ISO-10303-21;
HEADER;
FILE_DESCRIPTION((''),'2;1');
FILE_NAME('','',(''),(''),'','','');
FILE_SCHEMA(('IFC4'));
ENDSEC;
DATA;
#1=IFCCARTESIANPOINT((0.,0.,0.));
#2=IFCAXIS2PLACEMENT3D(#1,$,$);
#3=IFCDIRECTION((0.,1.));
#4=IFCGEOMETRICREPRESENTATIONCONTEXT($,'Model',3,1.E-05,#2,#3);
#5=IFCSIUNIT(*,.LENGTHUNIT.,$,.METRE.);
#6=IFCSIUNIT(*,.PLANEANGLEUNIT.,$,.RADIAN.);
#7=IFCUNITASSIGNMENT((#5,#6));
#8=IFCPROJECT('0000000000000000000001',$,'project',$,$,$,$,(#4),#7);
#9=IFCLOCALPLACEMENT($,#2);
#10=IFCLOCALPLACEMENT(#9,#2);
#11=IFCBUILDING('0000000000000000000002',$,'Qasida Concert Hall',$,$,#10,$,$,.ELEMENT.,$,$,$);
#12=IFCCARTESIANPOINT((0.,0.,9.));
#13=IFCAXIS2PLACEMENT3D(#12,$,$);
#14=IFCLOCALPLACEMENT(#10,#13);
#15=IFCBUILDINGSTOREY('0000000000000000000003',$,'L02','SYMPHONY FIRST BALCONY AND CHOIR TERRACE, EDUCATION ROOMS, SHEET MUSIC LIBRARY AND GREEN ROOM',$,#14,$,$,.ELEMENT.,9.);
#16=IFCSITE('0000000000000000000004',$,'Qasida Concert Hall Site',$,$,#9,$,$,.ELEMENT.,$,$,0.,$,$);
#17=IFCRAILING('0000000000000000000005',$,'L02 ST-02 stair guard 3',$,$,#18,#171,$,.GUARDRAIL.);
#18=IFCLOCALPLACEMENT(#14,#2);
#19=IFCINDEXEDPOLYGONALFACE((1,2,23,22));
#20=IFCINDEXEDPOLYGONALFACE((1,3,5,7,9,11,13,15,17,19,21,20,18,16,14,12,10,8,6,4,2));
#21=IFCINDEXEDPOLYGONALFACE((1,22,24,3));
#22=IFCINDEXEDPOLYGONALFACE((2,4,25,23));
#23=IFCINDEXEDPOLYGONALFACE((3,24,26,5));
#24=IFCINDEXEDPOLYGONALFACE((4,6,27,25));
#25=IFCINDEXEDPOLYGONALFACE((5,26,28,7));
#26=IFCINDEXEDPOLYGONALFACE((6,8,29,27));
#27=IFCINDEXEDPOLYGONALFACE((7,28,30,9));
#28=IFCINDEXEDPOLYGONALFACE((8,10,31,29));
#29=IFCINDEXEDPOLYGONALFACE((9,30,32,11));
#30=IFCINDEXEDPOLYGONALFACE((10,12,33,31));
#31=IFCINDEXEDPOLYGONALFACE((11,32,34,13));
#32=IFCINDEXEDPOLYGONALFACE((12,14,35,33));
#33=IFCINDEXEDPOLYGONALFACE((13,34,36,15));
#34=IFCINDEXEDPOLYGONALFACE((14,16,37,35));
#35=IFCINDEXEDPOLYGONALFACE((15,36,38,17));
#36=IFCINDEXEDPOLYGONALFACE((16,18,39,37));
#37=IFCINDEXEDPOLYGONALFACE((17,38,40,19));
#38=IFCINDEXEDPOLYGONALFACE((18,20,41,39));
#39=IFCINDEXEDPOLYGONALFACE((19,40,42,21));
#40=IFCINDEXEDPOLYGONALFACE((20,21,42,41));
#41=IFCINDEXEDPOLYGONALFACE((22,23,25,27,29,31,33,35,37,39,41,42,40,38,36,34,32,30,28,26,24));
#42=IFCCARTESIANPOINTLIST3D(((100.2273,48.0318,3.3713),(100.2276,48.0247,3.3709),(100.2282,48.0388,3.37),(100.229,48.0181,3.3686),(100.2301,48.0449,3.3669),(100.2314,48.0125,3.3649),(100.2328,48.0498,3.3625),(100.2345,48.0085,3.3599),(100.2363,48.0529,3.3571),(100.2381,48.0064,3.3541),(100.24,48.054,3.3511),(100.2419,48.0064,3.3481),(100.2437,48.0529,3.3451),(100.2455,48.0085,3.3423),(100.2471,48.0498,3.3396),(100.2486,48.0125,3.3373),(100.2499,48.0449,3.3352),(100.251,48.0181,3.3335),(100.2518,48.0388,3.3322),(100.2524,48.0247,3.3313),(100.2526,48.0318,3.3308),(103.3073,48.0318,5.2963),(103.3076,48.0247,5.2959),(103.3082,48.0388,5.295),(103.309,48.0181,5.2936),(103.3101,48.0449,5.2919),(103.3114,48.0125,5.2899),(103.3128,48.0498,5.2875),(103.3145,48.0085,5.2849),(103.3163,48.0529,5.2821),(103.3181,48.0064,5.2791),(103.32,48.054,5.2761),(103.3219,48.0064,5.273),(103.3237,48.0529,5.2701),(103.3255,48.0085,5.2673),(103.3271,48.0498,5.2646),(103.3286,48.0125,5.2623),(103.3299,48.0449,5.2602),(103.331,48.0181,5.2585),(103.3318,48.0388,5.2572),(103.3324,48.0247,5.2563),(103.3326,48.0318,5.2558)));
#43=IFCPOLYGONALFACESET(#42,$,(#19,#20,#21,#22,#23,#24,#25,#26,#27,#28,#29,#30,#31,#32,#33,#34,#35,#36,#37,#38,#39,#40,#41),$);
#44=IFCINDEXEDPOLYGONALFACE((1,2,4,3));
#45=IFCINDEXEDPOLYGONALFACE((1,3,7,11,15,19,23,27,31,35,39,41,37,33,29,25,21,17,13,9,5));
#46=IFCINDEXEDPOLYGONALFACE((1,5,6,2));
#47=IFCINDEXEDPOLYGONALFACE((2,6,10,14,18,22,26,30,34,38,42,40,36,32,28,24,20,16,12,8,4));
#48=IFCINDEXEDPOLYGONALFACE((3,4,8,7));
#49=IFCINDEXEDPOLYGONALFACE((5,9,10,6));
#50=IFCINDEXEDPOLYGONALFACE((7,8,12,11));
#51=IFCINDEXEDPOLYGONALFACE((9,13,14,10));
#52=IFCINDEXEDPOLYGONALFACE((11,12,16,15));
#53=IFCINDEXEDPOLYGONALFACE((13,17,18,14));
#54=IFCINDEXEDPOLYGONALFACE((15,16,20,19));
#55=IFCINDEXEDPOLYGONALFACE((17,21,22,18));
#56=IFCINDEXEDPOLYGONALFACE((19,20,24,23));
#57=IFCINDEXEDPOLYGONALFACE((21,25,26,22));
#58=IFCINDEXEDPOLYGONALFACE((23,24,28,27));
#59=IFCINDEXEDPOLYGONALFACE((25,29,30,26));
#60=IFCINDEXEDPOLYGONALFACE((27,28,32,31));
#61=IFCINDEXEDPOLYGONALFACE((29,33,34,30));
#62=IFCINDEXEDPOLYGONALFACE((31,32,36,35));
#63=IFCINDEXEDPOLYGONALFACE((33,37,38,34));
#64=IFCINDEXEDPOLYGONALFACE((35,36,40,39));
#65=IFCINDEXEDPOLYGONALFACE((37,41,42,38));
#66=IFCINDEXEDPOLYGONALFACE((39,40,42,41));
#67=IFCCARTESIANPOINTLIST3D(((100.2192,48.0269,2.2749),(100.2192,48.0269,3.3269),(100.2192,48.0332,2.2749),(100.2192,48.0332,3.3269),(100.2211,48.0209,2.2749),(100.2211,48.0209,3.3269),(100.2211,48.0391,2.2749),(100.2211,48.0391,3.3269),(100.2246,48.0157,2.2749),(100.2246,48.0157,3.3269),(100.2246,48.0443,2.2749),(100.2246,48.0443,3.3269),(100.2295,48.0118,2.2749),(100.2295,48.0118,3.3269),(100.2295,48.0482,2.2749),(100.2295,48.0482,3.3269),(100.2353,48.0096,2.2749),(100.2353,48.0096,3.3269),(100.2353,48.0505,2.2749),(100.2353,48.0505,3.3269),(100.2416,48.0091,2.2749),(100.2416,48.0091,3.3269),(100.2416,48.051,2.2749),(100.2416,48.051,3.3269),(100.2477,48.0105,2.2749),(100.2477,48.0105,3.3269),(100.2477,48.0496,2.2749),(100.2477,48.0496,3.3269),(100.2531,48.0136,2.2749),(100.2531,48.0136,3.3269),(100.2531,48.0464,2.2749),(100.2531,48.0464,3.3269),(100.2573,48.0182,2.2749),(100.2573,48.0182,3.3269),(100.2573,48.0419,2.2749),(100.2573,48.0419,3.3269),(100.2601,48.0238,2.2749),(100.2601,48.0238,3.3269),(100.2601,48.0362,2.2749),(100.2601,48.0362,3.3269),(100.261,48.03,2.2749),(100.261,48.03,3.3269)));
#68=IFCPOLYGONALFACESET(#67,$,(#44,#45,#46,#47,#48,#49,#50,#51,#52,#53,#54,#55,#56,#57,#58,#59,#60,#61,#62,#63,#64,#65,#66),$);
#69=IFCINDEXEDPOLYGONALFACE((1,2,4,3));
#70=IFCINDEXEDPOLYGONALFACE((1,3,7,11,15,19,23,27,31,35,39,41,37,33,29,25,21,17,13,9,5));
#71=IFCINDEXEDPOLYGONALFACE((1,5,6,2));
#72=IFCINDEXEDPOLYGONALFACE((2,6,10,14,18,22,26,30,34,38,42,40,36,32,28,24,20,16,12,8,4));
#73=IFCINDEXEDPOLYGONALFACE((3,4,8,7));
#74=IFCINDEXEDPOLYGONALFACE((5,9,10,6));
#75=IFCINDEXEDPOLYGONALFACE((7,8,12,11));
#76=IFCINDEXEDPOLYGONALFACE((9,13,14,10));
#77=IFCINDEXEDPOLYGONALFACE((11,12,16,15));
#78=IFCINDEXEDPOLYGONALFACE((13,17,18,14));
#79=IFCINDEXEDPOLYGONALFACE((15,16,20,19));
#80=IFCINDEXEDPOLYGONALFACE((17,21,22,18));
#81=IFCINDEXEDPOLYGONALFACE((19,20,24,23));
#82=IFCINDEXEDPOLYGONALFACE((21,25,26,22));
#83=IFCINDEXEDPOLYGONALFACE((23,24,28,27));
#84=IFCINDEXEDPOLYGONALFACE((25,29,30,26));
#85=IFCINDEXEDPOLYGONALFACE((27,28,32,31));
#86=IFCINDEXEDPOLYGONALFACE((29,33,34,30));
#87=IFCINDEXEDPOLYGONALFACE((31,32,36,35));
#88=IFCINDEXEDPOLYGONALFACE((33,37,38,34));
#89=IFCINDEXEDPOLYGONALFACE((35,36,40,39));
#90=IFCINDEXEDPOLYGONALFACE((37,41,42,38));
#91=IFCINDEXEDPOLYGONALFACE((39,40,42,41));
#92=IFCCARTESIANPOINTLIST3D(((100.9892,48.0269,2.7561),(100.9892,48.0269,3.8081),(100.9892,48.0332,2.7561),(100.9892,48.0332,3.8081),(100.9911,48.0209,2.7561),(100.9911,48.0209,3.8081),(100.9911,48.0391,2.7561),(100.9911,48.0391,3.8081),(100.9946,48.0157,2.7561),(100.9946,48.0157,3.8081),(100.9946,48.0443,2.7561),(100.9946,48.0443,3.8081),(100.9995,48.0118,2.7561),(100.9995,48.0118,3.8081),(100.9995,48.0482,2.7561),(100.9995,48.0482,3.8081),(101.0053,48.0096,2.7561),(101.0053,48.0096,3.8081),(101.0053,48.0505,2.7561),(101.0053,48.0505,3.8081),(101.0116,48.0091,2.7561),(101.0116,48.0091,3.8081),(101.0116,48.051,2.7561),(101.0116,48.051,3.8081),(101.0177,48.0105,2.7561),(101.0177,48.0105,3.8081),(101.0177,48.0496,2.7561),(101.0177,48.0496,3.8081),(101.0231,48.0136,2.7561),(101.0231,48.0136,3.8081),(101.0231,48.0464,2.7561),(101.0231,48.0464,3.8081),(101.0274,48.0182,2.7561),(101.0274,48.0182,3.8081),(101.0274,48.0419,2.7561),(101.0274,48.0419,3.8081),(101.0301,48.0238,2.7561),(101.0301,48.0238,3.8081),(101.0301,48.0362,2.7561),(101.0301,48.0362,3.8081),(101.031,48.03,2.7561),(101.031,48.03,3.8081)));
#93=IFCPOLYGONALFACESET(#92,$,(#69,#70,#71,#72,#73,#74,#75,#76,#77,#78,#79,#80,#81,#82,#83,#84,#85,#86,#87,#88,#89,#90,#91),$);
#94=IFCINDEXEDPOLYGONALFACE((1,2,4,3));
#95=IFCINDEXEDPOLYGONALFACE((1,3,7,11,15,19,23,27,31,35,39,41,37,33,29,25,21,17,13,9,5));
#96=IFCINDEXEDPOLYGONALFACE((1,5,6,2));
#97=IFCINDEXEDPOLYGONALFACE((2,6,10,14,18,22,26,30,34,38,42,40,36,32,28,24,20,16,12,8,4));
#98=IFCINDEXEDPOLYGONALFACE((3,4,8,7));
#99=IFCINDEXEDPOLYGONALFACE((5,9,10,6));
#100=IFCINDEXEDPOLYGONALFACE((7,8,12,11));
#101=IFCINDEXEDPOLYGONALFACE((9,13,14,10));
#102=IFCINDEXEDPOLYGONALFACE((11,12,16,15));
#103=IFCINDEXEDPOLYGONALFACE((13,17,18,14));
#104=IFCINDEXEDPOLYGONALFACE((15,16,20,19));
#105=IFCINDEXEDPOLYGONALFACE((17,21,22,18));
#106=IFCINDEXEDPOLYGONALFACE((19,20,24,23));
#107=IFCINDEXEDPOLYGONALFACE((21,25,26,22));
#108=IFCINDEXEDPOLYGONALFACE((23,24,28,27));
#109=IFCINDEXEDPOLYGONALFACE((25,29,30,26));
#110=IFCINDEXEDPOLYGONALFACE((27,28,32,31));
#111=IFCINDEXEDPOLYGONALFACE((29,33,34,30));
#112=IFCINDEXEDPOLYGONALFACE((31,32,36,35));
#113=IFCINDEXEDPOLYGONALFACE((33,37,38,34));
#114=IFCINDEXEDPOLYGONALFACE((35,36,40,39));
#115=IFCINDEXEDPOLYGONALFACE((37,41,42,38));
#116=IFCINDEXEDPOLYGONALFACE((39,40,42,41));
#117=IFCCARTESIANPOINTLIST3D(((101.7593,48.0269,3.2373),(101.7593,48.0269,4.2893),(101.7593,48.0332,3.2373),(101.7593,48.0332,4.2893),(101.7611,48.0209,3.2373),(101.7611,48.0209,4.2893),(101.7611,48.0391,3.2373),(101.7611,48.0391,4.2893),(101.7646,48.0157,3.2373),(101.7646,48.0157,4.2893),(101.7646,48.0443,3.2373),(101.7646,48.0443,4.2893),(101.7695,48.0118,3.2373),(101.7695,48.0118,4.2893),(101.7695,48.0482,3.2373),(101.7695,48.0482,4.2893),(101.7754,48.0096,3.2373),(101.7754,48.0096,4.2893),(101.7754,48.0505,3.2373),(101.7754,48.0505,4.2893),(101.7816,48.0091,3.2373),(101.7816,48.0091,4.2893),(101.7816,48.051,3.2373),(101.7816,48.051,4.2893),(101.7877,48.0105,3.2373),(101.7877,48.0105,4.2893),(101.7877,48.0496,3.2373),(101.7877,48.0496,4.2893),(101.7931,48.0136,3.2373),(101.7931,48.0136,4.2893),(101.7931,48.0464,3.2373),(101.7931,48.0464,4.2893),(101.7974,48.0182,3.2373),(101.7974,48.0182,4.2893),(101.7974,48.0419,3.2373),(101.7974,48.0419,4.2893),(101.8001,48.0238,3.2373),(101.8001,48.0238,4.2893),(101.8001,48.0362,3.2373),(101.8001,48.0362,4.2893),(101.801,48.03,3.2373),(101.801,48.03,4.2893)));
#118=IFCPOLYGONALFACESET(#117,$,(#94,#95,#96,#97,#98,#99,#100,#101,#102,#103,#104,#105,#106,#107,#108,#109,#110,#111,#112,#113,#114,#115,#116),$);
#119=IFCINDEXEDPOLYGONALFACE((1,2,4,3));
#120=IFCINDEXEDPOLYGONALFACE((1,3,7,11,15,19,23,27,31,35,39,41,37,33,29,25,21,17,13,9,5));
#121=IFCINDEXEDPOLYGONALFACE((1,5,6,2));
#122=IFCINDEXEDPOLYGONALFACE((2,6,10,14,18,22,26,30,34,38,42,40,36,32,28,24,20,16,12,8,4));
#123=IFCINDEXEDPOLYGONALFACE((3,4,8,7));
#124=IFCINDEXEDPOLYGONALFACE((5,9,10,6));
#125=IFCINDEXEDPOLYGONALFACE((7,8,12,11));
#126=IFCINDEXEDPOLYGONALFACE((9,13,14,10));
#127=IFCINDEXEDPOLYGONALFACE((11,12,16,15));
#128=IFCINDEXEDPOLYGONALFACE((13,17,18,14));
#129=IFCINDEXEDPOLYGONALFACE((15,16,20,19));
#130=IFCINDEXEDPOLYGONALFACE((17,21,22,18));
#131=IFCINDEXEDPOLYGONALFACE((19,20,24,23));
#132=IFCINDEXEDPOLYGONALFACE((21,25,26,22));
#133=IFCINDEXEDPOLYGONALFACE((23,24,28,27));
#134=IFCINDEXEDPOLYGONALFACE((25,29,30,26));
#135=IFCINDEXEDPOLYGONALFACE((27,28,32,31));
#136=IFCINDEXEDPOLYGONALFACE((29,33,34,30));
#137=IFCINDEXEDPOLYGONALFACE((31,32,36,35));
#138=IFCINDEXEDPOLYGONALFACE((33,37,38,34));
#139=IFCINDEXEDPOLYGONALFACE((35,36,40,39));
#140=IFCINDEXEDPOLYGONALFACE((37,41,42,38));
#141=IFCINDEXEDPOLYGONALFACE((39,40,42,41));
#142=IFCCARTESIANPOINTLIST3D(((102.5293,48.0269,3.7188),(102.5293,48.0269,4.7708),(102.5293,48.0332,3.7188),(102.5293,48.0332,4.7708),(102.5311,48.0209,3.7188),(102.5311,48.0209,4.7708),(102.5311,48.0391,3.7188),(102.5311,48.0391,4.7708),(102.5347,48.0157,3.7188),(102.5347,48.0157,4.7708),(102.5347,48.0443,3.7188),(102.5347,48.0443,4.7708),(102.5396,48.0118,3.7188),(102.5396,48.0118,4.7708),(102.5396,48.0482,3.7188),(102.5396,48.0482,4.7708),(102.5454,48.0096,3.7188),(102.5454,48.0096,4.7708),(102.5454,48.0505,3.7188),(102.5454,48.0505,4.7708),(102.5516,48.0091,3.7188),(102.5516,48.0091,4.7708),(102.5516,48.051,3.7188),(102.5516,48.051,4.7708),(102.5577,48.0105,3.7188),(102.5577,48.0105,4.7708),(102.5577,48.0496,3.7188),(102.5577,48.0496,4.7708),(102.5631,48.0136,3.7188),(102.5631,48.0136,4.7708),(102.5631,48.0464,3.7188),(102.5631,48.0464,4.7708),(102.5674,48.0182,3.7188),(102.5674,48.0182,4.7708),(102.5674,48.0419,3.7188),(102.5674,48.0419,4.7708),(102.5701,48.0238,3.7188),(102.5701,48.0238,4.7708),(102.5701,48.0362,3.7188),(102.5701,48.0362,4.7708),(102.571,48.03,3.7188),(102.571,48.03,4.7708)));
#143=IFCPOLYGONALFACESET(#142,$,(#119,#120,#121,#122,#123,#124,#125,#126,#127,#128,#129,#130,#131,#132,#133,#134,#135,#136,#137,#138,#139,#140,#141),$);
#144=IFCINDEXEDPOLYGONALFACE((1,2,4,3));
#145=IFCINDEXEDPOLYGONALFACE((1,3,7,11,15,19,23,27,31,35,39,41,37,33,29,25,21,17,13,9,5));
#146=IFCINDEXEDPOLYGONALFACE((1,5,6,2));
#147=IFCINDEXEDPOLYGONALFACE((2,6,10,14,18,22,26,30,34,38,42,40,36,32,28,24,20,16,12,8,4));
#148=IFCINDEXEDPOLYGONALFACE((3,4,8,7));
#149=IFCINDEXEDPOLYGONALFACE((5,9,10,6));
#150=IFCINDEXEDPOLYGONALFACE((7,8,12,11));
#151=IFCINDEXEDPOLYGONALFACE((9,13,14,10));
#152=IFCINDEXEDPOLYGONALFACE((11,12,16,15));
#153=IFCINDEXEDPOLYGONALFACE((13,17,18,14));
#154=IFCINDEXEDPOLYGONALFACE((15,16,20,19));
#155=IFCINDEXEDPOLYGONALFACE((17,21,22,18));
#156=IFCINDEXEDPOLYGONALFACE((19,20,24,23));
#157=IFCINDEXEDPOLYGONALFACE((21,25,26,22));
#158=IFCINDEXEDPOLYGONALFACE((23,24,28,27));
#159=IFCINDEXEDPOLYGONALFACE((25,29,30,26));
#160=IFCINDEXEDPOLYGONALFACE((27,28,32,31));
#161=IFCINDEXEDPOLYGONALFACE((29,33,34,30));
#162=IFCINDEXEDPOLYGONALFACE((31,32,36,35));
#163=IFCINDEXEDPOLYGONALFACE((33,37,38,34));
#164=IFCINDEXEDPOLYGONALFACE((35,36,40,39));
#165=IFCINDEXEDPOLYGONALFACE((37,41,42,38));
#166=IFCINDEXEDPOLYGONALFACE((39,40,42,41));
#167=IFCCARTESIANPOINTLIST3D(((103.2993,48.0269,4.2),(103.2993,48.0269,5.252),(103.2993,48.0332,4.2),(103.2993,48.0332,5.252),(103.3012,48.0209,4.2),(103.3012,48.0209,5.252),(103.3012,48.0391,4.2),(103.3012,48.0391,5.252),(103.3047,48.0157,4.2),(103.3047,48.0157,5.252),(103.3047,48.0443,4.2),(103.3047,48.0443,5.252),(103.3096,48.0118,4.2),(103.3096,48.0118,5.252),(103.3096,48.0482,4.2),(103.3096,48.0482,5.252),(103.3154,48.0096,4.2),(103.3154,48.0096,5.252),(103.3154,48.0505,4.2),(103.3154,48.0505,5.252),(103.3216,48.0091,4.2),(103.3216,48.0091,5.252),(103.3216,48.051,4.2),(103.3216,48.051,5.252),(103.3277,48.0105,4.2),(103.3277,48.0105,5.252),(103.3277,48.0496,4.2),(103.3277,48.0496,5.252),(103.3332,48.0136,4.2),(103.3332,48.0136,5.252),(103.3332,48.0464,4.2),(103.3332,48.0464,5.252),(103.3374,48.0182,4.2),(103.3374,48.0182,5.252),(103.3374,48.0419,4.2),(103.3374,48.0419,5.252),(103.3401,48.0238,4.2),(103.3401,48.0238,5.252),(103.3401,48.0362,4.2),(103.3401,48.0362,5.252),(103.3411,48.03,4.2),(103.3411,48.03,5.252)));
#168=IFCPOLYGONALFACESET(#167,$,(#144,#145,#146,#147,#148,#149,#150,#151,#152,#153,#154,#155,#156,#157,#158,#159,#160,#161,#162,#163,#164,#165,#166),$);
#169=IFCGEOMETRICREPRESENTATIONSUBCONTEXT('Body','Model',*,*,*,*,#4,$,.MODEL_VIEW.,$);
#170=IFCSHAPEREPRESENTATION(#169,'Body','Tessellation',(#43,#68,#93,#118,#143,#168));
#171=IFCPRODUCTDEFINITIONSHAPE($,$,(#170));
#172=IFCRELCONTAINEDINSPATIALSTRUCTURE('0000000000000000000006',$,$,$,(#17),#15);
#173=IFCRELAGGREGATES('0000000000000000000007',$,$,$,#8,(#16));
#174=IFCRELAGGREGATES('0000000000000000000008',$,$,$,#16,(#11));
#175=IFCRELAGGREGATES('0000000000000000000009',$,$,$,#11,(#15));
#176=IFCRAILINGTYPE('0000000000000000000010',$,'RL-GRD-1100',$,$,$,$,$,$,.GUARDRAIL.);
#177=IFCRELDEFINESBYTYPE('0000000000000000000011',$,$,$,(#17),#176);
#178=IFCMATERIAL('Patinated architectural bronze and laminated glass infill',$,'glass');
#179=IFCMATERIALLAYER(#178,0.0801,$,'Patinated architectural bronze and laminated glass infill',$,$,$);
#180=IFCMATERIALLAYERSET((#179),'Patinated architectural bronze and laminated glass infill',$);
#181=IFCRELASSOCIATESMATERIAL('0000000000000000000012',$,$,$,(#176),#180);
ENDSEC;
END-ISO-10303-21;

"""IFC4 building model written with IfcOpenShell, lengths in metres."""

from ifc_helpers import new_model, si_unit, direction, frame, origin, origin_2d, place, context, subcontext, project, spatial, circle, extrude, material, layer, layer_set, type_object, element, save


model = new_model("IFC4")

# Units and contexts
model_context = context("Model", 3, precision=1e-05, world=origin(), true_north=direction((0.0, 1.0)))
body_context = subcontext(model_context, "Body", "Model", "MODEL_VIEW")
ifc_project = project(units=[si_unit("LENGTHUNIT", "METRE"), si_unit("PLANEANGLEUNIT", "RADIAN")], contexts=[model_context])

# Site, building, storey
site_placement = place(None, origin())
site = spatial("IfcSite", under=ifc_project, at=site_placement, Name="Qasida Concert Hall Site", CompositionType="ELEMENT", RefElevation=0.0)
building_placement = place(site_placement, origin())
building = spatial("IfcBuilding", under=site, at=building_placement, Name="Qasida Concert Hall", CompositionType="ELEMENT")
storey_placement = place(building_placement, frame((0.0, 0.0, 9.0)))
storey = spatial("IfcBuildingStorey", under=building, at=storey_placement, Name="L02", Description="SYMPHONY FIRST BALCONY AND CHOIR TERRACE, EDUCATION ROOMS, SHEET MUSIC LIBRARY AND GREEN ROOM", CompositionType="ELEMENT", Elevation=9.0)

# Railing
ifc_material_1 = material(Name="Patinated architectural bronze and laminated glass infill", Category="glass")
ifc_layer_1 = layer(ifc_material_1, 0.0801, Name="Patinated architectural bronze and laminated glass infill")
ifc_layer_set_1 = layer_set([ifc_layer_1], Name="Patinated architectural bronze and laminated glass infill")
railing_type_1 = type_object("IfcRailingType", Name="RL-GRD-1100", PredefinedType="GUARDRAIL", material=ifc_layer_set_1)
railing_1_placement = place(storey_placement, frame((100.24, 48.03, 2.2749)))
element("IfcRailing", 1, at=railing_1_placement, inside=storey, type_object=railing_type_1, Name="L02 ST-02 stair guard 3", PredefinedType="GUARDRAIL", context=body_context, shape_type="SweptSolid", body=[
    extrude(circle(Radius=0.0239, at=origin_2d()), frame((0.0, 0.0, 1.0762), z_axis=(0.847998, 0.0, 0.529999), x_axis=(0.0, 1.0, 0.0)), (0.0, 0.0, 1.0), 3.6321),
    extrude(circle(Radius=0.021, at=origin_2d()), origin(), (0.0, 0.0, 1.0), 1.052),
    extrude(circle(Radius=0.021, at=origin_2d()), frame((0.77, 0.0, 0.4812)), (0.0, 0.0, 1.0), 1.052),
    extrude(circle(Radius=0.021, at=origin_2d()), frame((1.54, 0.0, 0.9624)), (0.0, 0.0, 1.0), 1.052),
    extrude(circle(Radius=0.021, at=origin_2d()), frame((2.3101, 0.0, 1.4438)), (0.0, 0.0, 1.0), 1.052),
    extrude(circle(Radius=0.021, at=origin_2d()), frame((3.0801, 0.0, 1.925)), (0.0, 0.0, 1.0), 1.052),
])

save(model, "model.ifc")
